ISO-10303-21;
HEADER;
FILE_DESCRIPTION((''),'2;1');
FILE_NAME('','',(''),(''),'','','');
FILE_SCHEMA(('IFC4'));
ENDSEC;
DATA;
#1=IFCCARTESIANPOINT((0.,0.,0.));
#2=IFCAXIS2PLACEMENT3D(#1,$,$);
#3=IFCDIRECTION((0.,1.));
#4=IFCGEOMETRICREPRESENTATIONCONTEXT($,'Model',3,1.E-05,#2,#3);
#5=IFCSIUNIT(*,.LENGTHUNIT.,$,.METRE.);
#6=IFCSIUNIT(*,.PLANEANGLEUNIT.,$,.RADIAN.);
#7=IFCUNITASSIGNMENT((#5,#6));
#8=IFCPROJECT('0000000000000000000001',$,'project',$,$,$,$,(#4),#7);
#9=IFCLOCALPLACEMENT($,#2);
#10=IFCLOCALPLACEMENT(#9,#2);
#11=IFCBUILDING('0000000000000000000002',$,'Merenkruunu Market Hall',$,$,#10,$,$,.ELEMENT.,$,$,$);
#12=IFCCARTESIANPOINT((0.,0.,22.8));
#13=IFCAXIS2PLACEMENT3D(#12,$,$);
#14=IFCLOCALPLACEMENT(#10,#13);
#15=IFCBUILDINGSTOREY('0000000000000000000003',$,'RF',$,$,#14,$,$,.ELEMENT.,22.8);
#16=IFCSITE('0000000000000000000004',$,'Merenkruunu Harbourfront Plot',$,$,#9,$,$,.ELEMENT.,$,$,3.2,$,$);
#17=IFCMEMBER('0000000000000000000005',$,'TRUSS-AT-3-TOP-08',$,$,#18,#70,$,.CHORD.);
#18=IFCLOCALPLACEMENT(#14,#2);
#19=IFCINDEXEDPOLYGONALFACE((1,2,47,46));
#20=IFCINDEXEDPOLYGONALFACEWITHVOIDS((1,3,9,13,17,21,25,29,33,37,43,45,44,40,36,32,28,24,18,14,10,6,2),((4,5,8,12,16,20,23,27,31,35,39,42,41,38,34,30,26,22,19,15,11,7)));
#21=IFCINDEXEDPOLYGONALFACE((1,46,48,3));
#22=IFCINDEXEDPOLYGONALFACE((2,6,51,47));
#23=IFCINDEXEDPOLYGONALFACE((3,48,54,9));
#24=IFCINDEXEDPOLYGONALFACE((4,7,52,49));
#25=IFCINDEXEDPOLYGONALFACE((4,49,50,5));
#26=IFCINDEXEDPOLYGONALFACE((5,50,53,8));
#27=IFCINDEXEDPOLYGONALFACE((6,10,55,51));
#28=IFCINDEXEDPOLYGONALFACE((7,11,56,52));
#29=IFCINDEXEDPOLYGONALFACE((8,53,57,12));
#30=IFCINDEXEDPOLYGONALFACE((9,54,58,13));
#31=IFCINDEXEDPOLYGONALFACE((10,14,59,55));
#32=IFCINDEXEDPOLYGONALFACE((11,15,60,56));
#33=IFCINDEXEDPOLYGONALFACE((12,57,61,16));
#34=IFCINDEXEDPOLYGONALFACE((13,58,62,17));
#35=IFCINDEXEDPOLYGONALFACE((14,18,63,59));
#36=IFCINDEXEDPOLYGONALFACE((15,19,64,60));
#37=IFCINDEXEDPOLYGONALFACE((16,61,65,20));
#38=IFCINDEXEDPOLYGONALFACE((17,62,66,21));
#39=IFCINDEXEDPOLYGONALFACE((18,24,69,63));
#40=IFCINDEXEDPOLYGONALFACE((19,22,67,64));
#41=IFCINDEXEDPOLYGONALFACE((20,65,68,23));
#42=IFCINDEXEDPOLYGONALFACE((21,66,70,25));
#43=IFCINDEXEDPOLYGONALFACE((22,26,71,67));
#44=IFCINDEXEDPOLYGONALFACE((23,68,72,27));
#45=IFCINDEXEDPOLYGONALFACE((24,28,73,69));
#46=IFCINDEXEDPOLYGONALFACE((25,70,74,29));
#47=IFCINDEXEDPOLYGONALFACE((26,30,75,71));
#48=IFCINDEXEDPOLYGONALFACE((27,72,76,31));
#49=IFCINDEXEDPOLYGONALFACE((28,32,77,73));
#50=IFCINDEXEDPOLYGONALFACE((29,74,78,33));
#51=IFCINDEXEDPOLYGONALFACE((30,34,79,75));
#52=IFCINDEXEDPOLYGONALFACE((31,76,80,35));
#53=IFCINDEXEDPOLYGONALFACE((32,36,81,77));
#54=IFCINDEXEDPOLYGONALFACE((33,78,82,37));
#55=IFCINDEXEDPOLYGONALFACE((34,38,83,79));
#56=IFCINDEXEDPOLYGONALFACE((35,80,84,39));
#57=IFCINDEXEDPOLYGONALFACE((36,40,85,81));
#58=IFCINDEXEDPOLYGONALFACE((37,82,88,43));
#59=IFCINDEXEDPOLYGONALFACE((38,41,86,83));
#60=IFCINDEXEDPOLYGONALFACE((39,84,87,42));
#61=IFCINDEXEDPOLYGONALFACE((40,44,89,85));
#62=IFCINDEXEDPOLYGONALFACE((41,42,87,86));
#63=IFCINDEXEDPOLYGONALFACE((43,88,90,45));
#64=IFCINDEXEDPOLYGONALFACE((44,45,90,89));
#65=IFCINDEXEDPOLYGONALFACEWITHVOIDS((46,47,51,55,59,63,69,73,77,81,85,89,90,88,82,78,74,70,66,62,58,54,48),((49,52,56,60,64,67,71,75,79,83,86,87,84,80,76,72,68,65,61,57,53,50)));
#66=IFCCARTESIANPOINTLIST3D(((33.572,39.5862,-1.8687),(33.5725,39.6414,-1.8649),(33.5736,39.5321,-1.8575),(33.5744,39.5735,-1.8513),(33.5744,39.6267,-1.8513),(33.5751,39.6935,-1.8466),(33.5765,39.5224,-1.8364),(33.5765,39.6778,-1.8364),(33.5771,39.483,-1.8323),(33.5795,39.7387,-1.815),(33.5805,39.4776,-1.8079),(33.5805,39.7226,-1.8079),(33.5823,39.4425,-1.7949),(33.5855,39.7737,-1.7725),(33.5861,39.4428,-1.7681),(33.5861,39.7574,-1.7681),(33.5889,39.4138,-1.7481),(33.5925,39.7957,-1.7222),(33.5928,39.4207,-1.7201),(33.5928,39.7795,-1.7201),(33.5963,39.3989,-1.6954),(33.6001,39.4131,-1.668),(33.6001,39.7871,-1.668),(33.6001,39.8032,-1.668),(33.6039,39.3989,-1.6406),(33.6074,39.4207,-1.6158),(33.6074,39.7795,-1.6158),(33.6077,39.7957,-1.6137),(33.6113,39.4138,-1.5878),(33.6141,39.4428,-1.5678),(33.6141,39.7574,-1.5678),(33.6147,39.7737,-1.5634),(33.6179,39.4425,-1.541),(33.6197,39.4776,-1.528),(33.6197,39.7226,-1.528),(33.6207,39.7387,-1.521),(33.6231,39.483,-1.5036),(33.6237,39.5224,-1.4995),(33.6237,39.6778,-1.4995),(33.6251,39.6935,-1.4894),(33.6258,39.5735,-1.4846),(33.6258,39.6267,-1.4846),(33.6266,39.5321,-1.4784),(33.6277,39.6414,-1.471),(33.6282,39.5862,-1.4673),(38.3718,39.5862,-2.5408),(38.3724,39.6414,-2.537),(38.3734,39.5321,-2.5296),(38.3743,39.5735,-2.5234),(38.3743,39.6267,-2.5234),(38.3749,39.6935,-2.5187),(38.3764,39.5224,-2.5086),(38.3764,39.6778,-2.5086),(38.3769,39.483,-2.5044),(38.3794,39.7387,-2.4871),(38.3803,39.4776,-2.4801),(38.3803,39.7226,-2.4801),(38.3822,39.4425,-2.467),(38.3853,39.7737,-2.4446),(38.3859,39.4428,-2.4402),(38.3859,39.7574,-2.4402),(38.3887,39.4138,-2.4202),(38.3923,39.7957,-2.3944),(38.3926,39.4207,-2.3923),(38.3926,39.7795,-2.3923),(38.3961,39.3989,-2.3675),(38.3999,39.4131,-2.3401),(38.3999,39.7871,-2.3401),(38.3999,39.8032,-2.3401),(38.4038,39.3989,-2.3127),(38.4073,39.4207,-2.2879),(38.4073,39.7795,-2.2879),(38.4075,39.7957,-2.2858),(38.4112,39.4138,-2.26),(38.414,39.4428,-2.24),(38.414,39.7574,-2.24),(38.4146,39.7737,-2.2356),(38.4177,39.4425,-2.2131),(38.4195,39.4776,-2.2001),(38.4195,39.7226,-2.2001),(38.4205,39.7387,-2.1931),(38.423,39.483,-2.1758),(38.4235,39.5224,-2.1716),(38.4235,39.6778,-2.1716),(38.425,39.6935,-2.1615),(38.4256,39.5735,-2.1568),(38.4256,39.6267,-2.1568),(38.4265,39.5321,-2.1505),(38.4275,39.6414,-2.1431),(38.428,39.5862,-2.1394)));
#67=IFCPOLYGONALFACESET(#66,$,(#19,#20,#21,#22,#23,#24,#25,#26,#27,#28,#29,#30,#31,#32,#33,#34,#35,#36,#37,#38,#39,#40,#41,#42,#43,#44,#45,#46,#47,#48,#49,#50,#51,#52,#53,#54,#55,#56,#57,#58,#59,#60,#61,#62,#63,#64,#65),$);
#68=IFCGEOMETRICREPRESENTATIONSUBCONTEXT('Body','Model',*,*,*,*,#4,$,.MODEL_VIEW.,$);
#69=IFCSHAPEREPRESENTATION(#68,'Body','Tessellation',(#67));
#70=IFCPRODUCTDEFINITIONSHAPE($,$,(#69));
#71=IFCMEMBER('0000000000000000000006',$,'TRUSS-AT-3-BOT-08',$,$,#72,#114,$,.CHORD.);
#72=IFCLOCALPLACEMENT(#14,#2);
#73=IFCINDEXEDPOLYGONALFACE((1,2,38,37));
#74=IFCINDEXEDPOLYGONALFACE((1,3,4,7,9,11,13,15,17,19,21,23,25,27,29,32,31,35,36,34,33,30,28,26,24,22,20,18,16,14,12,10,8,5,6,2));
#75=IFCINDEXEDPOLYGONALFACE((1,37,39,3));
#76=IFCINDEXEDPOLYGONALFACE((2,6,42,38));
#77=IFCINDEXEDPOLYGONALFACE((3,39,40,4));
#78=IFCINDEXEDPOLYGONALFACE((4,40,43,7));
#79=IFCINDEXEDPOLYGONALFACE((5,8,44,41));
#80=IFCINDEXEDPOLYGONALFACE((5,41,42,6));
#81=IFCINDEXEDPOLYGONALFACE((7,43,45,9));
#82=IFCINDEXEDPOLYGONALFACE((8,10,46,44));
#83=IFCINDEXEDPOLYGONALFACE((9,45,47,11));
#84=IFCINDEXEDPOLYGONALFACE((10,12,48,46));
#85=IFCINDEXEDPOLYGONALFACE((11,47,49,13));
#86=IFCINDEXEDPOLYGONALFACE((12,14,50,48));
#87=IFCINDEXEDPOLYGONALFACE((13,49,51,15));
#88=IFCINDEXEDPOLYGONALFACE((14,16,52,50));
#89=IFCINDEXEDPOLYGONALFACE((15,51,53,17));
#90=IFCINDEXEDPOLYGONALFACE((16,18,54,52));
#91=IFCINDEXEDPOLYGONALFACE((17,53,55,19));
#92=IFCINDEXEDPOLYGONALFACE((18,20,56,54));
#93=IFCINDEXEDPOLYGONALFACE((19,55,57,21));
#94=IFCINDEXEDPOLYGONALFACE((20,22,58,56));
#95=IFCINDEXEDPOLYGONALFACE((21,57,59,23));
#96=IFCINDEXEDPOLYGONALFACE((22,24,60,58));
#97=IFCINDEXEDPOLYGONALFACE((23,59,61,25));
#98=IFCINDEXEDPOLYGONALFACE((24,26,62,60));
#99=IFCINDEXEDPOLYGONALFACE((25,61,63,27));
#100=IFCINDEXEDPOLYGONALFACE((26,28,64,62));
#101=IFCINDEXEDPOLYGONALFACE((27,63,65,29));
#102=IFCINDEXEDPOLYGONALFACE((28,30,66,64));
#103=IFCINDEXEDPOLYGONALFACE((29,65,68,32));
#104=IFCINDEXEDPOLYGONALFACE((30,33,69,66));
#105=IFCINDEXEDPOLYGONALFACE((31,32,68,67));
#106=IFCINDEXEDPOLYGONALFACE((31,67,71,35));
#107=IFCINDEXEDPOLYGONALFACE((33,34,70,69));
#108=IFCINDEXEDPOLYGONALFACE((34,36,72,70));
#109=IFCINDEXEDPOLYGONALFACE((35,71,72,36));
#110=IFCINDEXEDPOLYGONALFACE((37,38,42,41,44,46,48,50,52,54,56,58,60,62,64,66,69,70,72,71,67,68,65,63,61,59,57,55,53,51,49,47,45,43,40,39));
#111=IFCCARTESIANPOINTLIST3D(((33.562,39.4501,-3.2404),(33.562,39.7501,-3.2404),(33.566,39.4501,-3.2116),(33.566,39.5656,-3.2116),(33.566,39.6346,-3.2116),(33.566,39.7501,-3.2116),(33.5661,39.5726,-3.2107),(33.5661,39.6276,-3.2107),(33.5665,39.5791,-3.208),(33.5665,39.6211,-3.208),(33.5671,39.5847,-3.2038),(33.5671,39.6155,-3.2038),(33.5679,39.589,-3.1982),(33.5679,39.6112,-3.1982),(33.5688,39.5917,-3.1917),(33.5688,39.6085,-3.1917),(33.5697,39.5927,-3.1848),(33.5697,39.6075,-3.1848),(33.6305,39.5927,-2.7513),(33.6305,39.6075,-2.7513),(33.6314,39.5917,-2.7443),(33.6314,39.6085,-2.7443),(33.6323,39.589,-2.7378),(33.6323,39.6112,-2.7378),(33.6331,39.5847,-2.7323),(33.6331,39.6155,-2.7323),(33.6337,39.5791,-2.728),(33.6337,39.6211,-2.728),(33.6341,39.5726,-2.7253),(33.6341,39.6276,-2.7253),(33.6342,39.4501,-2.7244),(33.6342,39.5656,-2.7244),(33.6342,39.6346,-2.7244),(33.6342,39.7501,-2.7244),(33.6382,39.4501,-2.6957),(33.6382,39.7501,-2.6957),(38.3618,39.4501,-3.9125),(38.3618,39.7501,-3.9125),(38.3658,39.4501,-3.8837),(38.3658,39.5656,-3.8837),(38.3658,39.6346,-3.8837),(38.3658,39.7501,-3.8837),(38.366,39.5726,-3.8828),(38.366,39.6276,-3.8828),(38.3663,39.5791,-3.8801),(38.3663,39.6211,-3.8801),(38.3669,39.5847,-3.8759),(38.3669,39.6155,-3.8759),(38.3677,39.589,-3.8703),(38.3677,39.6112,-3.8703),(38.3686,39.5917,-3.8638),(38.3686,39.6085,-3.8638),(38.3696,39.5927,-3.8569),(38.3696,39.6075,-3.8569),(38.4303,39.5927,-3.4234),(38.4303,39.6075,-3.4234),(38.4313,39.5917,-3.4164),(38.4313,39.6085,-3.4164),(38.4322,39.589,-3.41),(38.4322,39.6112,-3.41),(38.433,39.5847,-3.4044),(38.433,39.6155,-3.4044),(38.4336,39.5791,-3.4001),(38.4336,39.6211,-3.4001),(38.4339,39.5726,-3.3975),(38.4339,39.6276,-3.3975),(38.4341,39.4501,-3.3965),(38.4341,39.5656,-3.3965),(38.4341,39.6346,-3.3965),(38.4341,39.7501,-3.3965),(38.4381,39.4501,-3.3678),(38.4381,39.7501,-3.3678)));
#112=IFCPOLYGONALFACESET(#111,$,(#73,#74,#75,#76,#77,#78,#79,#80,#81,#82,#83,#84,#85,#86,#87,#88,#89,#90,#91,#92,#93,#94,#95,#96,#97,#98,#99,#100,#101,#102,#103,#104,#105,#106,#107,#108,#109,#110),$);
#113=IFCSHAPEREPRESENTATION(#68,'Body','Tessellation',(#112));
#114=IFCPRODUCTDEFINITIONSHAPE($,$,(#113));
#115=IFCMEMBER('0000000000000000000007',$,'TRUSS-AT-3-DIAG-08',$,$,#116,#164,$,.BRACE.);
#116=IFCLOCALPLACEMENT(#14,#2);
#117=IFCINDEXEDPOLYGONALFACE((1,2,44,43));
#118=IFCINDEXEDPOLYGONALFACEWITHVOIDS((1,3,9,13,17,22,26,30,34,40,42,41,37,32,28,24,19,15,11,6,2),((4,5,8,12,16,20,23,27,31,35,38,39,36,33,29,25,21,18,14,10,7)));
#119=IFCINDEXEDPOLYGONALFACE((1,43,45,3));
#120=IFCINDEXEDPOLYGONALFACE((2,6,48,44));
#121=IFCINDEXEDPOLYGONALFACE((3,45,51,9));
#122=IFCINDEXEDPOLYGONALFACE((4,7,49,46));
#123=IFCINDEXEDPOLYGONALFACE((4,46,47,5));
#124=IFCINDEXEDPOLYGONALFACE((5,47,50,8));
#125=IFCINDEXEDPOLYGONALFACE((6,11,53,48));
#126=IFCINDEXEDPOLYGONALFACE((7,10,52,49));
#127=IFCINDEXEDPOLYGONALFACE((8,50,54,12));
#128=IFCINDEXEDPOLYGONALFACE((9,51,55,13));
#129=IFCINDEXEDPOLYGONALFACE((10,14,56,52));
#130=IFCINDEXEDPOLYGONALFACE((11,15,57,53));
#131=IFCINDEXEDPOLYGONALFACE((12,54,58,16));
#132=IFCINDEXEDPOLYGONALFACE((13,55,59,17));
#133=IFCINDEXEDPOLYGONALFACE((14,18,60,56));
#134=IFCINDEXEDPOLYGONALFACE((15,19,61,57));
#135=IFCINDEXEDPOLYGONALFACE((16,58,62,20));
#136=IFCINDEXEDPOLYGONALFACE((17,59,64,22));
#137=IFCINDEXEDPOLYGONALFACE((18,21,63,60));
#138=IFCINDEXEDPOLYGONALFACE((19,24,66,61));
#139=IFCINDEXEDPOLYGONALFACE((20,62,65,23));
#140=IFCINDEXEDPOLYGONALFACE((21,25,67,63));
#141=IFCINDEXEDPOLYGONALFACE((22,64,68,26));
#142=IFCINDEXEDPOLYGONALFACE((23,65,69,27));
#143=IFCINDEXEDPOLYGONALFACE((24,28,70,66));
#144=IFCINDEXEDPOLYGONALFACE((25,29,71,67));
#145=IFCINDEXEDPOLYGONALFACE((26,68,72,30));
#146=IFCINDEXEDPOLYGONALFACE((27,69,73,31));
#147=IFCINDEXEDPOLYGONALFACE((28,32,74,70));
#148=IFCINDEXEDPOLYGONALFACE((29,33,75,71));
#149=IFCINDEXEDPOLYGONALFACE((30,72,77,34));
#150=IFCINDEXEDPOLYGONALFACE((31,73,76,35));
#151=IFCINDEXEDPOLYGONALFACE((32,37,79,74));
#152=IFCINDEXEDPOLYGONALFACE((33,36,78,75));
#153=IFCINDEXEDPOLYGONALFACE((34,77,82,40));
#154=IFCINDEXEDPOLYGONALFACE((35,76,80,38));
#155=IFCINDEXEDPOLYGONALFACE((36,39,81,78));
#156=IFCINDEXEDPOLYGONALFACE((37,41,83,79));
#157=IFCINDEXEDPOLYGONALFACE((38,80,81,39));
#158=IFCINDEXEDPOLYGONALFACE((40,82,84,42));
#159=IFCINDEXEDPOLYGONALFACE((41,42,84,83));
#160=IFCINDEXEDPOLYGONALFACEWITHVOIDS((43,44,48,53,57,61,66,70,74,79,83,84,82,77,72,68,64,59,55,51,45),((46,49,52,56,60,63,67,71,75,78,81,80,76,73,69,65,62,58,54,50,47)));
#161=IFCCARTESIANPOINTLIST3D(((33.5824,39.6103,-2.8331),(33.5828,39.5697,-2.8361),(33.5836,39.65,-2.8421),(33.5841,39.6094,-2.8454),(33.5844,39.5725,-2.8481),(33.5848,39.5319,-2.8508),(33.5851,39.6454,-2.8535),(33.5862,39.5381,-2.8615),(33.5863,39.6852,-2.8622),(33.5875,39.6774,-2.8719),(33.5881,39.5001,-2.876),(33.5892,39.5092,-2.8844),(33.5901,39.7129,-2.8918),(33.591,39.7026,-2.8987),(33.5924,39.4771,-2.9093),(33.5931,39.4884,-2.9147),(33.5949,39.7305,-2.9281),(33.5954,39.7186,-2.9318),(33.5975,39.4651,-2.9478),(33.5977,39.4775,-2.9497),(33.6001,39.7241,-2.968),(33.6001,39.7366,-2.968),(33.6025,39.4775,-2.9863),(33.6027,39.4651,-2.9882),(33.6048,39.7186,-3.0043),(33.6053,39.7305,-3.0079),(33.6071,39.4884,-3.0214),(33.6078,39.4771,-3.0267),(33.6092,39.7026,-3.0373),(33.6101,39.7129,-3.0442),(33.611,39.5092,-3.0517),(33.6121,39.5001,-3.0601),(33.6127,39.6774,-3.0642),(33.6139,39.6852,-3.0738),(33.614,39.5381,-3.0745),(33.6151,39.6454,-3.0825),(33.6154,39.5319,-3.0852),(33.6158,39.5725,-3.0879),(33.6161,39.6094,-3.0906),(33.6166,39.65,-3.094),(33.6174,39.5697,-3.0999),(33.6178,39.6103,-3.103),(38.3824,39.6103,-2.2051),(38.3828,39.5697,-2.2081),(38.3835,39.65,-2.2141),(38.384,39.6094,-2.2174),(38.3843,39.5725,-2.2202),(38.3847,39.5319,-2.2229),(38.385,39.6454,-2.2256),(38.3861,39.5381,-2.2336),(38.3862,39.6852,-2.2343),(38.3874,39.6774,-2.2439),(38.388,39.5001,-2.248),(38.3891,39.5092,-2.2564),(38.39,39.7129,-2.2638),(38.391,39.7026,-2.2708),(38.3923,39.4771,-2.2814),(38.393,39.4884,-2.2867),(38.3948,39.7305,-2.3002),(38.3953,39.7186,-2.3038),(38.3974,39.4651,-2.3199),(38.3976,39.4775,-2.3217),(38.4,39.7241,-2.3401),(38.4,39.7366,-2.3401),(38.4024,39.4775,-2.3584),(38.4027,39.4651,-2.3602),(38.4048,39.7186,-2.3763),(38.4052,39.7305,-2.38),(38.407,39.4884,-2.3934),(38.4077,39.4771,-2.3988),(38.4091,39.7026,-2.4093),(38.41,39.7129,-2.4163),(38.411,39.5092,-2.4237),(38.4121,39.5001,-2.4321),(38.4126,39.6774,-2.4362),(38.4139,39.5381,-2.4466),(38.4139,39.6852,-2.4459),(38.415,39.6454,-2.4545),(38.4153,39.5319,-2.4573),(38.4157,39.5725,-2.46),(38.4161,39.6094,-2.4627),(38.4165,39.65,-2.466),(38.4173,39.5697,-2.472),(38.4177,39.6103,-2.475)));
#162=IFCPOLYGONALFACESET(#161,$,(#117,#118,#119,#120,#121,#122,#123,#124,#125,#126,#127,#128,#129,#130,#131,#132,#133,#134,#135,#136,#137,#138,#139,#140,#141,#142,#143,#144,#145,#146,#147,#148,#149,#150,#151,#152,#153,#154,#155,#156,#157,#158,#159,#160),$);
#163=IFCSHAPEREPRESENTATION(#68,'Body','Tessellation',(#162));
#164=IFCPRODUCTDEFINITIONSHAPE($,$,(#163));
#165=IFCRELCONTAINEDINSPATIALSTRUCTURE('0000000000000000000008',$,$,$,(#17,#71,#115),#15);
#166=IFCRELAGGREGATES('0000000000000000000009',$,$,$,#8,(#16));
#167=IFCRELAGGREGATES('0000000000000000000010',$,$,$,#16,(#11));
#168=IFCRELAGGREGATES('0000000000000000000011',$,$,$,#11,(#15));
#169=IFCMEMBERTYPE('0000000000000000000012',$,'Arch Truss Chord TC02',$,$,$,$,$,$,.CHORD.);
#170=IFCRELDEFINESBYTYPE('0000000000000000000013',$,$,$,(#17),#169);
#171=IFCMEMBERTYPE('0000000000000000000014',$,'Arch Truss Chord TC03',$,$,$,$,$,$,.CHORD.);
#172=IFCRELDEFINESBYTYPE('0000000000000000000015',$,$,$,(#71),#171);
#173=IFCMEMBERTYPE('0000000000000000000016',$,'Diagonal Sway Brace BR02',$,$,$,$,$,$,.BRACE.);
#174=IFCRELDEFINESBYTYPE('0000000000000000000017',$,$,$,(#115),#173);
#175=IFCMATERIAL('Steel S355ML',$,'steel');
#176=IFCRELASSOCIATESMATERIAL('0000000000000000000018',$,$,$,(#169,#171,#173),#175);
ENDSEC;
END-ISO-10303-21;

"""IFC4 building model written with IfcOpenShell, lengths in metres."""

from ifc_helpers import new_model, si_unit, direction, frame, origin, origin_2d, place, context, subcontext, project, spatial, hollow_circle, i_section, extrude, material, material_profile, profile_set, type_object, element, save


model = new_model("IFC4")

# Units and contexts
model_context = context("Model", 3, precision=1e-05, world=origin(), true_north=direction((0.0, 1.0)))
body_context = subcontext(model_context, "Body", "Model", "MODEL_VIEW")
ifc_project = project(units=[si_unit("LENGTHUNIT", "METRE"), si_unit("PLANEANGLEUNIT", "RADIAN")], contexts=[model_context])

# Site, building, storey
site_placement = place(None, origin())
site = spatial("IfcSite", under=ifc_project, at=site_placement, Name="Merenkruunu Harbourfront Plot", CompositionType="ELEMENT", RefElevation=3.2)
building_placement = place(site_placement, origin())
building = spatial("IfcBuilding", under=site, at=building_placement, Name="Merenkruunu Market Hall", CompositionType="ELEMENT")
storey_placement = place(building_placement, frame((0.0, 0.0, 22.8)))
storey = spatial("IfcBuildingStorey", under=building, at=storey_placement, Name="RF", CompositionType="ELEMENT", Elevation=22.8)

# Members
ifc_material_1 = material(Name="Steel S355ML", Category="steel")
ifc_material_profile_1 = material_profile(ifc_material_1, hollow_circle(Radius=0.2031, WallThickness=0.0161, at=origin_2d()), Name="CHS 406.4x16")
ifc_profile_set_1 = profile_set([ifc_material_profile_1], Name="Steel S355ML")
member_type_1 = type_object("IfcMemberType", Name="Arch Truss Chord TC02", PredefinedType="CHORD", material=ifc_profile_set_1)
member_1_placement = place(storey_placement, frame((33.6001, 39.6001, -1.668), z_axis=(0.990338, 0.0, -0.138677), x_axis=(0.0, 1.0, 0.0)))
element("IfcMember", 1, at=member_1_placement, inside=storey, type_object=member_type_1, Name="TRUSS-AT-3-TOP-08", PredefinedType="CHORD", context=body_context, shape_type="SweptSolid", body=[
    extrude(hollow_circle(Radius=0.2031, WallThickness=0.0161, at=origin_2d()), origin(), (0.0, 0.0, 1.0), 4.8467),
])
ifc_material_profile_2 = material_profile(ifc_material_1, i_section(OverallWidth=0.3, OverallDepth=0.55, WebThickness=0.0149, FlangeThickness=0.0291, FilletRadius=0.0271, at=origin_2d()), Name="HEB 550")
ifc_profile_set_2 = profile_set([ifc_material_profile_2], Name="Steel S355ML")
member_type_2 = type_object("IfcMemberType", Name="Arch Truss Chord TC03", PredefinedType="CHORD", material=ifc_profile_set_2)
member_2_placement = place(storey_placement, frame((33.6001, 39.6001, -2.968), z_axis=(0.990338, 0.0, -0.138677), x_axis=(0.0, 1.0, 0.0)))
element("IfcMember", 2, at=member_2_placement, inside=storey, type_object=member_type_2, Name="TRUSS-AT-3-BOT-08", PredefinedType="CHORD", context=body_context, shape_type="SweptSolid", body=[
    extrude(i_section(OverallWidth=0.3, OverallDepth=0.55, WebThickness=0.0149, FlangeThickness=0.0291, FilletRadius=0.0271, at=origin_2d()), origin(), (0.0, 0.0, 1.0), 4.8467),
])
ifc_material_profile_3 = material_profile(ifc_material_1, hollow_circle(Radius=0.1365, WallThickness=0.0125, at=origin_2d()), Name="CHS 273x12.5")
ifc_profile_set_3 = profile_set([ifc_material_profile_3], Name="Steel S355ML")
member_type_3 = type_object("IfcMemberType", Name="Diagonal Sway Brace BR02", PredefinedType="BRACE", material=ifc_profile_set_3)
member_3_placement = place(storey_placement, frame((33.6001, 39.6001, -2.968), z_axis=(0.991551, 0.0, 0.129719), x_axis=(0.0, 1.0, 0.0)))
element("IfcMember", 3, at=member_3_placement, inside=storey, type_object=member_type_3, Name="TRUSS-AT-3-DIAG-08", PredefinedType="BRACE", context=body_context, shape_type="SweptSolid", body=[
    extrude(hollow_circle(Radius=0.1365, WallThickness=0.0125, at=origin_2d()), origin(), (0.0, 0.0, 1.0), 4.8408),
])

save(model, "model.ifc")
